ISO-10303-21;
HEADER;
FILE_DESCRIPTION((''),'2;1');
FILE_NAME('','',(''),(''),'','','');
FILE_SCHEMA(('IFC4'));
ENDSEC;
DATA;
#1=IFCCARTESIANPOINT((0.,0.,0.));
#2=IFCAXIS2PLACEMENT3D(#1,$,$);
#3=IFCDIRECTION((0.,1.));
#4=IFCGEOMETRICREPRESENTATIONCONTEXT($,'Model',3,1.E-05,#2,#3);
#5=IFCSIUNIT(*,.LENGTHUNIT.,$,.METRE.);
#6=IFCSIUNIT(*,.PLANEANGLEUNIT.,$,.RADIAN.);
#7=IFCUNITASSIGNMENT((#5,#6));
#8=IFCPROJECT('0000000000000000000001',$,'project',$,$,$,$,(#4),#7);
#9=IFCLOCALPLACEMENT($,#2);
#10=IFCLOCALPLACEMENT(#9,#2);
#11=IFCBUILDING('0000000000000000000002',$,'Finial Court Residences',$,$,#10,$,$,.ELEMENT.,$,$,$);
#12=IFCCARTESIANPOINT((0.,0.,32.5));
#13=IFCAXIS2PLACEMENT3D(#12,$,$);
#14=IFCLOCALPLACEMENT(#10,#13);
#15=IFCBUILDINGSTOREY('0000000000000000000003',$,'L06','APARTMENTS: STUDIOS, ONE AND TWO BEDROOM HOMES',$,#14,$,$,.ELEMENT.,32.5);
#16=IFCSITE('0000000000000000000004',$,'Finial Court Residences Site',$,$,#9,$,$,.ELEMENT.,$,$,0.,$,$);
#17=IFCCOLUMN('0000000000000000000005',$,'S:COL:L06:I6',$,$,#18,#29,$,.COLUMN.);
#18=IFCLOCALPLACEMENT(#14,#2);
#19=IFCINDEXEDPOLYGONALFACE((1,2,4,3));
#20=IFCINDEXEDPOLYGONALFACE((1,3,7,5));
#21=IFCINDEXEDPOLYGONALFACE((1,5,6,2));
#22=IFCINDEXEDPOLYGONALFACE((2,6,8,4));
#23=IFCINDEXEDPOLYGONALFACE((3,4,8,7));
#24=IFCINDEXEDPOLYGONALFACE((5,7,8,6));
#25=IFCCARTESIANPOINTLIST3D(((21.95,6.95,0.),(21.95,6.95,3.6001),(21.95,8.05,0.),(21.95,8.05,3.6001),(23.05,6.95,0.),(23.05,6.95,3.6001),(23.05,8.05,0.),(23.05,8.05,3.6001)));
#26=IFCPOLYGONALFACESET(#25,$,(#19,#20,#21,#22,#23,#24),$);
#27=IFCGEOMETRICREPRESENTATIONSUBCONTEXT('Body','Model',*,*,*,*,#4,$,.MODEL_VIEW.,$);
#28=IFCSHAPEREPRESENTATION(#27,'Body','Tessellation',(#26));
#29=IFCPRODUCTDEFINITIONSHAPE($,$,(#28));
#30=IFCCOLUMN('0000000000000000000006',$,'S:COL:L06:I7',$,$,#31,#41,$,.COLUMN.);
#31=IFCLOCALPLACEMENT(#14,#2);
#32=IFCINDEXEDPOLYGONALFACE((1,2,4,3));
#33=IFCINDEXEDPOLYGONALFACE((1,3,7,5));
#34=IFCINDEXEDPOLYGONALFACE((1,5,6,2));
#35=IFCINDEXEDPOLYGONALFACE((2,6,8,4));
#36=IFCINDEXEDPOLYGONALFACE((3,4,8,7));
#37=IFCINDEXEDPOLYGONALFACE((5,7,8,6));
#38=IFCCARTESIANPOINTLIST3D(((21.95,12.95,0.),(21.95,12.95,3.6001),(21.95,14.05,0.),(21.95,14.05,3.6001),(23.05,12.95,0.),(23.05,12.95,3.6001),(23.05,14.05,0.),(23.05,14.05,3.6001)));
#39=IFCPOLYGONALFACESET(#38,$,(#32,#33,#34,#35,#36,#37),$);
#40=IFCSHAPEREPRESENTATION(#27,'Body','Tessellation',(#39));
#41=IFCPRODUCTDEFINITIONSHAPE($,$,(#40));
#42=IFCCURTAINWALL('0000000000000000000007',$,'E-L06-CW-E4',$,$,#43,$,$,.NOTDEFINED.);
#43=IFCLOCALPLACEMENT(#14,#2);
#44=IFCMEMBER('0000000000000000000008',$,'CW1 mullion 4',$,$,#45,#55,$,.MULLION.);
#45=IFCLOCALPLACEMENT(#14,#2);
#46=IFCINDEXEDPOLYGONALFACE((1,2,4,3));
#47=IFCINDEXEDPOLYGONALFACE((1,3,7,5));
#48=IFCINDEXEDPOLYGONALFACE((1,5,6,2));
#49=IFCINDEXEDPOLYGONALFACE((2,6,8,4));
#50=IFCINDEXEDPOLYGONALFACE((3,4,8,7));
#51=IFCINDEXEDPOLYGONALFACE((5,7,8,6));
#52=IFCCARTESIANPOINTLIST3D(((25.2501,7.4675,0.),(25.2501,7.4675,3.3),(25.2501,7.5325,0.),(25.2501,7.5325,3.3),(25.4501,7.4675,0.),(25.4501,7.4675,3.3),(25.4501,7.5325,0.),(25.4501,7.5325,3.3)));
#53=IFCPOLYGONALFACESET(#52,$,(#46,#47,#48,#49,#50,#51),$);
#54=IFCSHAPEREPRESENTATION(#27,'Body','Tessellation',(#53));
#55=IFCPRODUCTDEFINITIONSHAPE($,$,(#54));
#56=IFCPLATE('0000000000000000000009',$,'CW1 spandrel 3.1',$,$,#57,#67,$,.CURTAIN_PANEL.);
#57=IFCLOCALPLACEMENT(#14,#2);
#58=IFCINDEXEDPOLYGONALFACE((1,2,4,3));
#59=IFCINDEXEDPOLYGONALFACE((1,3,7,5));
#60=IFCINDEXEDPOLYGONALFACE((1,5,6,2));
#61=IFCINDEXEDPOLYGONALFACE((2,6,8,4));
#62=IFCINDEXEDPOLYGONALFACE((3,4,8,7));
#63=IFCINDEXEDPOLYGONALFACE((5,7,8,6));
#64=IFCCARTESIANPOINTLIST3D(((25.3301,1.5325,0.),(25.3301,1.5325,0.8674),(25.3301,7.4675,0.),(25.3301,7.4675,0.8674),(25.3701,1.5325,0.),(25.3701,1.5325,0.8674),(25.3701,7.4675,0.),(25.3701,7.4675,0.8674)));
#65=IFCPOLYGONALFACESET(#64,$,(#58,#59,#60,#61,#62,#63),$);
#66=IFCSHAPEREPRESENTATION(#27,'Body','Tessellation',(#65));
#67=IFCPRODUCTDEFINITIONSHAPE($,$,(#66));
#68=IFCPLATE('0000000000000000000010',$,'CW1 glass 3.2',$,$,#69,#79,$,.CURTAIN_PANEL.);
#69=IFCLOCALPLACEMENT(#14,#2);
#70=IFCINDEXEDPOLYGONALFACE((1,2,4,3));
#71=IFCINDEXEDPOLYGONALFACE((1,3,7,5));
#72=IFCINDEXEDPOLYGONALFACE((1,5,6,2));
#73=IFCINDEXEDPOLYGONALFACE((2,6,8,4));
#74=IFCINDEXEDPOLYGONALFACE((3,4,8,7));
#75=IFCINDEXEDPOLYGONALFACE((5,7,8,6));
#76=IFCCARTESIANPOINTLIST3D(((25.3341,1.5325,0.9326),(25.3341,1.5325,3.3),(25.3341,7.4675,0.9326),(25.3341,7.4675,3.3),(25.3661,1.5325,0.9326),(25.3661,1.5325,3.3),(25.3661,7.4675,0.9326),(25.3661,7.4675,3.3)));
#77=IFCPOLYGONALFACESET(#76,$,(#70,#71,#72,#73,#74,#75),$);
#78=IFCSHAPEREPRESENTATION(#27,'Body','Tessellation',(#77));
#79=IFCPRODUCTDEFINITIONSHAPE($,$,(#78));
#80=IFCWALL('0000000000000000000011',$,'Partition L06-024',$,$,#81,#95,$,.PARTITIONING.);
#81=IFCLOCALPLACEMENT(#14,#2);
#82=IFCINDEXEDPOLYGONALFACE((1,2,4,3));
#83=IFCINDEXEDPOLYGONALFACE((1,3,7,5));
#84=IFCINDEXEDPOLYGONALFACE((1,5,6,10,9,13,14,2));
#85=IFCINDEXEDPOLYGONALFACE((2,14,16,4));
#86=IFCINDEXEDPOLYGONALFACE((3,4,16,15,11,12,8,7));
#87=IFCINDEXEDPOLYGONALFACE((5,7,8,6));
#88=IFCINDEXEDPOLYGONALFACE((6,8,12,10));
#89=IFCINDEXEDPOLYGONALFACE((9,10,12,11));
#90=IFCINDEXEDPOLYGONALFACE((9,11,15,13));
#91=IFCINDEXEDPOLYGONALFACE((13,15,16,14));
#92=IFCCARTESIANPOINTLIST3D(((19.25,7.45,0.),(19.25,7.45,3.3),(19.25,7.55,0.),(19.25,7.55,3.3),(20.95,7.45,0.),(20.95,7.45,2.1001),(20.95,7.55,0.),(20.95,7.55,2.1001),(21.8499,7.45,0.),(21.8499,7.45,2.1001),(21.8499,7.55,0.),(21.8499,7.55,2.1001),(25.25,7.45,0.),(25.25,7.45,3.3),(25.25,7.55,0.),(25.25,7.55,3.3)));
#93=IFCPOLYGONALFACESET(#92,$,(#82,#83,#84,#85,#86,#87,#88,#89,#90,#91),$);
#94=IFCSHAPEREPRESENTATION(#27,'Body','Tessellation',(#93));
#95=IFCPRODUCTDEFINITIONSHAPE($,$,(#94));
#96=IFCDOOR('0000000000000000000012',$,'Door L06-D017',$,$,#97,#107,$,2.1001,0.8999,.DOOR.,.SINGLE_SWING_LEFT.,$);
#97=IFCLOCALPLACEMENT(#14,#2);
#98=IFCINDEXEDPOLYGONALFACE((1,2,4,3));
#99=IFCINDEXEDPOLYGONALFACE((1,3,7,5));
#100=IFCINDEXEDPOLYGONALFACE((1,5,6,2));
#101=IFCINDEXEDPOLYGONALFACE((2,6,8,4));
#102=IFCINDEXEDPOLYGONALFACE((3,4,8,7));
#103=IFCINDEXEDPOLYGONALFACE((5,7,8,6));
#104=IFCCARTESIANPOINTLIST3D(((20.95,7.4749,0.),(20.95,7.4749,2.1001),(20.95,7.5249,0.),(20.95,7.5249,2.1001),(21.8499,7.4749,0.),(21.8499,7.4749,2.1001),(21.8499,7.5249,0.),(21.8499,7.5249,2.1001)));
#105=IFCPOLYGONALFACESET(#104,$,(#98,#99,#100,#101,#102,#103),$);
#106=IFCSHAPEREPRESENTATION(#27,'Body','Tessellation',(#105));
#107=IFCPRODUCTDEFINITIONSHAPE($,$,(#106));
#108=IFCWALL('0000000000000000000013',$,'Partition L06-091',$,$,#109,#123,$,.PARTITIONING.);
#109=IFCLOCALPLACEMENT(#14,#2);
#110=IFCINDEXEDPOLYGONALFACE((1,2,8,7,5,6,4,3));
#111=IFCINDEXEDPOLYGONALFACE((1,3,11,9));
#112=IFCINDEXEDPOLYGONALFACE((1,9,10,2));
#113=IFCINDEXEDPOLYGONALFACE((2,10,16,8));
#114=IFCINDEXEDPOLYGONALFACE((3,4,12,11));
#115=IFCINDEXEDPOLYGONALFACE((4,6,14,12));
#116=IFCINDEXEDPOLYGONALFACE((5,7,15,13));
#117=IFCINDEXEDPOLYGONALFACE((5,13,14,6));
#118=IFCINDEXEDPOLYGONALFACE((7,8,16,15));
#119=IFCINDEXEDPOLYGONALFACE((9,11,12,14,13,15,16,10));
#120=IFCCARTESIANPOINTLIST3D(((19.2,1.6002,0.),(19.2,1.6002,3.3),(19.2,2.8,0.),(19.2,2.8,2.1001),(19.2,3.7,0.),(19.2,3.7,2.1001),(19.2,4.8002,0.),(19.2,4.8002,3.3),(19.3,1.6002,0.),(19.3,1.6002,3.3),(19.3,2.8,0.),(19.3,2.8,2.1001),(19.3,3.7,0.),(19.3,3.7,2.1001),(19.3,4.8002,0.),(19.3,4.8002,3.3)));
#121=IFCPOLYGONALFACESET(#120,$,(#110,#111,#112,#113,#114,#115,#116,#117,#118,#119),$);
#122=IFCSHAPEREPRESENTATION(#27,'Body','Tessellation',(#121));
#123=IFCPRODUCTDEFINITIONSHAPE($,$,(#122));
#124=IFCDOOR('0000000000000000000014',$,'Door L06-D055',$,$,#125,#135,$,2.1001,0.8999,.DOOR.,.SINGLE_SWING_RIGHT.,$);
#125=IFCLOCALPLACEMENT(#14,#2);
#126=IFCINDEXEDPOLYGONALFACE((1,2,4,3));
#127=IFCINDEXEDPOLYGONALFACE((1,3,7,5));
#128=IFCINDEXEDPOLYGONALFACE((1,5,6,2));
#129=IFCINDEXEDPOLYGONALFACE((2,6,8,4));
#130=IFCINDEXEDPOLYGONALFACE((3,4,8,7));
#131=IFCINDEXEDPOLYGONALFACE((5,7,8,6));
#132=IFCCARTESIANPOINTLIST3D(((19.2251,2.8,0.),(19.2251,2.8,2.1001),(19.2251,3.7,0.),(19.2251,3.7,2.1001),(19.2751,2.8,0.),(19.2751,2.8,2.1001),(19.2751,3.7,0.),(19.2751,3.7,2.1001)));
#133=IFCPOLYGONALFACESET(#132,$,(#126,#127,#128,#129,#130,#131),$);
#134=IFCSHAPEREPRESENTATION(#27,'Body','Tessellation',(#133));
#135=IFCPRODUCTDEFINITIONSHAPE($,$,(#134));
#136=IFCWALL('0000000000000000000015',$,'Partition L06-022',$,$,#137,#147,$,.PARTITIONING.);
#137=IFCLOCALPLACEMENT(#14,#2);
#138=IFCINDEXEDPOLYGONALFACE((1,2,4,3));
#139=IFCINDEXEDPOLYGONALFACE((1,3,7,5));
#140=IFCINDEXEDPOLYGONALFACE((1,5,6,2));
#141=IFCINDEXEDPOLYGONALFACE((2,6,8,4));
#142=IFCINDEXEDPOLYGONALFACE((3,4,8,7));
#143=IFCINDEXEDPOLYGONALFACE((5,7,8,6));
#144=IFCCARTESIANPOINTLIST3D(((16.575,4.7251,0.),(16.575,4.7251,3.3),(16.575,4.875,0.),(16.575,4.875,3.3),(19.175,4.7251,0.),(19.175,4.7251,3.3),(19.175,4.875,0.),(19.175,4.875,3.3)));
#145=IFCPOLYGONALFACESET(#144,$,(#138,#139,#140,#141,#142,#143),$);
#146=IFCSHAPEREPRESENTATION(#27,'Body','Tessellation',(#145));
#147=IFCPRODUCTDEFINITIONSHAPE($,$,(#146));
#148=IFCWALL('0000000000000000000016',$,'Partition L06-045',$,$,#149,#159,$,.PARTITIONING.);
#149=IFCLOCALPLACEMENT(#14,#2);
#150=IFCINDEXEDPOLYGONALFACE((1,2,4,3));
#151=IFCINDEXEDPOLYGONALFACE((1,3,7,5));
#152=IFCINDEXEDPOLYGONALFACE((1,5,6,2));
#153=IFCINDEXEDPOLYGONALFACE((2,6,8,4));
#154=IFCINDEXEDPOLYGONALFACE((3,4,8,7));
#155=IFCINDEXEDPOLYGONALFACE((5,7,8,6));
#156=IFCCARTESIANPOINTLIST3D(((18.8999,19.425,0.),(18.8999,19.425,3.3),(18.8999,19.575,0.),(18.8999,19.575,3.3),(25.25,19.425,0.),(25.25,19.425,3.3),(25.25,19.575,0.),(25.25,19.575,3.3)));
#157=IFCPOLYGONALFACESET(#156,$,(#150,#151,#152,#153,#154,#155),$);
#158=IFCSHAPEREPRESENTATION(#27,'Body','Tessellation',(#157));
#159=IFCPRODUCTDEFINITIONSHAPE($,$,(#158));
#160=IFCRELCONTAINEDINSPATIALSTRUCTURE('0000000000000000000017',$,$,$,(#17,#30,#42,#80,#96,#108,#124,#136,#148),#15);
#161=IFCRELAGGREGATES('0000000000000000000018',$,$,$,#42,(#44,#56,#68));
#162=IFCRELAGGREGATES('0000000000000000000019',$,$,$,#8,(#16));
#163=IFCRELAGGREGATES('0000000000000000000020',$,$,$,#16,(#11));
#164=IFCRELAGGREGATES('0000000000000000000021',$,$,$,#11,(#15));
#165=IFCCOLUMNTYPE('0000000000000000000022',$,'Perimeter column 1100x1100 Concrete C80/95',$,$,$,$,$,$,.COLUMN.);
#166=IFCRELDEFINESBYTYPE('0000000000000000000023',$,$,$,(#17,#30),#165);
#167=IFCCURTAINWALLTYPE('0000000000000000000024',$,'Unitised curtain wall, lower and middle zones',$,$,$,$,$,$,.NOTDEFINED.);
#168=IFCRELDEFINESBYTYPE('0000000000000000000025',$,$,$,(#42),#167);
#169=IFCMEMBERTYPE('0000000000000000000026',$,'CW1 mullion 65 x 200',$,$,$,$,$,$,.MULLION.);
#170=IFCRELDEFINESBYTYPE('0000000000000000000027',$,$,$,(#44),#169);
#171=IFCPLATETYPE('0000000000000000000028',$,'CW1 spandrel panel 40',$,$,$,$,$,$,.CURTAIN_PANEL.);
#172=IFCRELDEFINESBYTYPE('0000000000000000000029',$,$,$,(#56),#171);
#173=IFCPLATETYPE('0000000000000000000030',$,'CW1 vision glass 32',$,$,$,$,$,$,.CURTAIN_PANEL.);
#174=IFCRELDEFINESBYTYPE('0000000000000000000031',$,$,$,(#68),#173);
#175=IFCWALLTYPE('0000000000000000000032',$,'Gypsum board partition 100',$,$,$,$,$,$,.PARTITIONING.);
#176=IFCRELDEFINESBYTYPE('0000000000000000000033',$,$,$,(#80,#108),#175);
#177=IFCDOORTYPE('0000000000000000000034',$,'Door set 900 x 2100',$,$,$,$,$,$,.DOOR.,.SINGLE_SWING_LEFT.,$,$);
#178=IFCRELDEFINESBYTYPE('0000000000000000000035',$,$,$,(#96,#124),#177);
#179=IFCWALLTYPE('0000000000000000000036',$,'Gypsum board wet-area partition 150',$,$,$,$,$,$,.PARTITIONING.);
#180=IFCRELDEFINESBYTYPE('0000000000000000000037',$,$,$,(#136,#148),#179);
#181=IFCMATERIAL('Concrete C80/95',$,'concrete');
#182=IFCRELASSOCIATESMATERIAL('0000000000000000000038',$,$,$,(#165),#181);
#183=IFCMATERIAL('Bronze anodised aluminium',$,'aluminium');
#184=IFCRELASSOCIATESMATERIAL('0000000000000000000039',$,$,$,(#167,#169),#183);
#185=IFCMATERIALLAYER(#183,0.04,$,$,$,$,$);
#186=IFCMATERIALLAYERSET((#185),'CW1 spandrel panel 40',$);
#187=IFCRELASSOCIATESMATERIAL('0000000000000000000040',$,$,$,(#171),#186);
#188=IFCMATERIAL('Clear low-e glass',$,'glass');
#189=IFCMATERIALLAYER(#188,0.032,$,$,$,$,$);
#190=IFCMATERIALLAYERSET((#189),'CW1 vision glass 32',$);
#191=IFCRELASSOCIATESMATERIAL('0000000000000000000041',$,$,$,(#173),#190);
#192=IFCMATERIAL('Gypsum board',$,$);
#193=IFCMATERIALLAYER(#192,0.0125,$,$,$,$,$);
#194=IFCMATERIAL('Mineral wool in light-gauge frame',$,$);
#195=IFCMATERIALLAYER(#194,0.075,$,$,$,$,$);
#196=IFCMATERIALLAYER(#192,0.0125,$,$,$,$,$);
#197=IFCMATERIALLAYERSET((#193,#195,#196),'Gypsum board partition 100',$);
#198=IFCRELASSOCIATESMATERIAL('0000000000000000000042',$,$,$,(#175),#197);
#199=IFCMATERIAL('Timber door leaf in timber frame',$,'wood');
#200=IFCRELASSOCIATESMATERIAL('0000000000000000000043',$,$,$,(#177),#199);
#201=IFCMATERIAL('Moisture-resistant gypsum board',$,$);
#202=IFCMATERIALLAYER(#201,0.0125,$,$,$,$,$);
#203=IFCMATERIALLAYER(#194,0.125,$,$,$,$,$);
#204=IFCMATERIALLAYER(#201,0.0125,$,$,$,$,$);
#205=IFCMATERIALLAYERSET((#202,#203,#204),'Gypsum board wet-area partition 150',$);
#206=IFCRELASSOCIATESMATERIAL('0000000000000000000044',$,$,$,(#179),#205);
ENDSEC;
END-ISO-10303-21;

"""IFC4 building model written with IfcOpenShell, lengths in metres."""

from ifc_helpers import new_model, si_unit, direction, frame, frame_2d, origin, origin_2d, place, context, subcontext, project, spatial, rectangle, extrude, material, layer, layer_set, material_profile, profile_set, type_object, element, fill, aggregate, save


model = new_model("IFC4")

# Units and contexts
model_context = context("Model", 3, precision=1e-05, world=origin(), true_north=direction((0.0, 1.0)))
body_context = subcontext(model_context, "Body", "Model", "MODEL_VIEW")
ifc_project = project(units=[si_unit("LENGTHUNIT", "METRE"), si_unit("PLANEANGLEUNIT", "RADIAN")], contexts=[model_context])

# Site, building, storey
site_placement = place(None, origin())
site = spatial("IfcSite", under=ifc_project, at=site_placement, Name="Finial Court Residences Site", CompositionType="ELEMENT", RefElevation=0.0)
building_placement = place(site_placement, origin())
building = spatial("IfcBuilding", under=site, at=building_placement, Name="Finial Court Residences", CompositionType="ELEMENT")
storey_placement = place(building_placement, frame((0.0, 0.0, 32.5)))
storey = spatial("IfcBuildingStorey", under=building, at=storey_placement, Name="L06", Description="APARTMENTS: STUDIOS, ONE AND TWO BEDROOM HOMES", CompositionType="ELEMENT", Elevation=32.5)

# Columns
ifc_material_1 = material(Name="Concrete C80/95", Category="concrete")
ifc_material_profile_1 = material_profile(ifc_material_1, rectangle(XDim=1.1001, YDim=1.1001, at=origin_2d()), Name="1100x1100")
ifc_profile_set_1 = profile_set([ifc_material_profile_1], Name="Concrete C80/95")
column_type = type_object("IfcColumnType", Name="Perimeter column 1100x1100 Concrete C80/95", PredefinedType="COLUMN", material=ifc_profile_set_1)
for number, where, z_axis, x_axis, name in (
    (1, (22.5, 7.5, 0.0), (0.0, 0.0, 1.0), (1.0, 0.0, 0.0), "S:COL:L06:I6"),
    (2, (22.5, 13.5, 0.0), (0.0, 0.0, 1.0), (1.0, 0.0, 0.0), "S:COL:L06:I7"),
):
    element("IfcColumn", number, at=place(storey_placement, frame(where, z_axis=z_axis, x_axis=x_axis)), inside=storey, type_object=column_type, Name=name, PredefinedType="COLUMN", context=body_context, shape_type="SweptSolid", body=[
        extrude(rectangle(XDim=1.1001, YDim=1.1001, at=origin_2d()), origin(), (0.0, 0.0, 1.0), 3.6001),
    ])

# Curtain wall, member, plates
ifc_material_2 = material(Name="Bronze anodised aluminium", Category="aluminium")
curtain_wall_type = type_object("IfcCurtainWallType", Name="Unitised curtain wall, lower and middle zones", PredefinedType="NOTDEFINED", material=ifc_material_2)
curtain_wall_placement = place(storey_placement, origin())
curtain_wall = element("IfcCurtainWall", 3, at=curtain_wall_placement, inside=storey, type_object=curtain_wall_type, Name="E-L06-CW-E4", PredefinedType="NOTDEFINED")
ifc_material_profile_2 = material_profile(ifc_material_2, rectangle(XDim=0.2, YDim=0.0649, at=origin_2d()), Name="CW1 mullion 65 x 200")
ifc_profile_set_2 = profile_set([ifc_material_profile_2], Name="Bronze anodised aluminium")
member_type = type_object("IfcMemberType", Name="CW1 mullion 65 x 200", PredefinedType="MULLION", material=ifc_profile_set_2)
member_placement = place(storey_placement, frame((25.3501, 7.5, 0.0), z_axis=(0.0, 0.0, 1.0), x_axis=(-1.0, 0.0, 0.0)))
member = element("IfcMember", 4, at=member_placement, type_object=member_type, Name="CW1 mullion 4", PredefinedType="MULLION", context=body_context, shape_type="SweptSolid", body=[
    extrude(rectangle(XDim=0.2, YDim=0.0649, at=origin_2d()), origin(), (0.0, 0.0, 1.0), 3.3),
])
ifc_layer_1 = layer(ifc_material_2, 0.04)
ifc_layer_set_1 = layer_set([ifc_layer_1], Name="CW1 spandrel panel 40")
plate_type_1 = type_object("IfcPlateType", Name="CW1 spandrel panel 40", PredefinedType="CURTAIN_PANEL", material=ifc_layer_set_1)
plate_1_placement = place(storey_placement, frame((25.3501, 4.5, 0.0), z_axis=(0.0, 0.0, 1.0), x_axis=(0.0, 1.0, 0.0)))
plate_1 = element("IfcPlate", 5, at=plate_1_placement, type_object=plate_type_1, Name="CW1 spandrel 3.1", PredefinedType="CURTAIN_PANEL", context=body_context, shape_type="SweptSolid", body=[
    extrude(rectangle(XDim=5.9351, YDim=0.04, at=origin_2d()), origin(), (0.0, 0.0, 1.0), 0.8674),
])
ifc_material_3 = material(Name="Clear low-e glass", Category="glass")
ifc_layer_2 = layer(ifc_material_3, 0.032)
ifc_layer_set_2 = layer_set([ifc_layer_2], Name="CW1 vision glass 32")
plate_type_2 = type_object("IfcPlateType", Name="CW1 vision glass 32", PredefinedType="CURTAIN_PANEL", material=ifc_layer_set_2)
plate_2_placement = place(storey_placement, frame((25.3501, 4.5, 0.9326), z_axis=(0.0, 0.0, 1.0), x_axis=(0.0, 1.0, 0.0)))
plate_2 = element("IfcPlate", 6, at=plate_2_placement, type_object=plate_type_2, Name="CW1 glass 3.2", PredefinedType="CURTAIN_PANEL", context=body_context, shape_type="SweptSolid", body=[
    extrude(rectangle(XDim=5.9351, YDim=0.032, at=origin_2d()), origin(), (0.0, 0.0, 1.0), 2.3674),
])
aggregate(curtain_wall, [member, plate_1, plate_2])

# Walls, openings, doors
ifc_material_4 = material(Name="Gypsum board")
ifc_layer_3 = layer(ifc_material_4, 0.0125)
ifc_material_5 = material(Name="Mineral wool in light-gauge frame")
ifc_layer_4 = layer(ifc_material_5, 0.075)
ifc_layer_5 = layer(ifc_material_4, 0.0125)
ifc_layer_set_3 = layer_set([ifc_layer_3, ifc_layer_4, ifc_layer_5], Name="Gypsum board partition 100")
wall_type_1 = type_object("IfcWallType", Name="Gypsum board partition 100", PredefinedType="PARTITIONING", material=ifc_layer_set_3)
wall_1_placement = place(storey_placement, frame((19.25, 7.5, 0.0), z_axis=(0.0, 0.0, 1.0), x_axis=(1.0, 0.0, 0.0)))
wall_1 = element("IfcWall", 7, at=wall_1_placement, inside=storey, type_object=wall_type_1, Name="Partition L06-024", PredefinedType="PARTITIONING", context=body_context, shape_type="SweptSolid", body=[
    extrude(rectangle(XDim=6.0, YDim=0.1001, at=frame_2d((3.0, 0.0))), origin(), (0.0, 0.0, 1.0), 3.3),
])
opening_1_placement = place(wall_1_placement, frame((1.7, 0.0, 0.0)))
opening_1 = element("IfcOpeningElement", 8, at=opening_1_placement, cuts=wall_1, PredefinedType="OPENING", context=body_context, shape_type="SweptSolid", body=[
    extrude(rectangle(XDim=0.8999, YDim=2.1001, at=frame_2d((0.45, 1.05))), frame((0.0, 0.0601, 0.0), z_axis=(0.0, -1.0, 0.0), x_axis=(1.0, 0.0, 0.0)), (0.0, 0.0, 1.0), 0.1201),
])
ifc_material_6 = material(Name="Timber door leaf in timber frame", Category="wood")
door_type = type_object("IfcDoorType", Name="Door set 900 x 2100", OperationType="SINGLE_SWING_LEFT", PredefinedType="DOOR", material=ifc_material_6)
door_1_placement = place(opening_1_placement, origin())
door_1 = element("IfcDoor", 9, at=door_1_placement, inside=storey, type_object=door_type, Name="Door L06-D017", OperationType="SINGLE_SWING_LEFT", OverallHeight=2.1001, OverallWidth=0.8999, PredefinedType="DOOR", context=body_context, shape_type="SweptSolid", body=[
    extrude(rectangle(XDim=0.8999, YDim=2.1001, at=frame_2d((0.45, 1.05))), frame((0.0, 0.0249, 0.0), z_axis=(0.0, -1.0, 0.0), x_axis=(1.0, 0.0, 0.0)), (0.0, 0.0, 1.0), 0.05),
])
fill(opening_1, door_1)
wall_2_placement = place(storey_placement, frame((19.25, 1.6001, 0.0), z_axis=(0.0, 0.0, 1.0), x_axis=(0.0, 1.0, 0.0)))
wall_2 = element("IfcWall", 10, at=wall_2_placement, inside=storey, type_object=wall_type_1, Name="Partition L06-091", PredefinedType="PARTITIONING", context=body_context, shape_type="SweptSolid", body=[
    extrude(rectangle(XDim=3.2, YDim=0.1001, at=frame_2d((1.6001, 0.0))), origin(), (0.0, 0.0, 1.0), 3.3),
])
opening_2_placement = place(wall_2_placement, frame((1.2, 0.0, 0.0)))
opening_2 = element("IfcOpeningElement", 11, at=opening_2_placement, cuts=wall_2, PredefinedType="OPENING", context=body_context, shape_type="SweptSolid", body=[
    extrude(rectangle(XDim=0.8999, YDim=2.1001, at=frame_2d((0.45, 1.05))), frame((0.0, 0.0601, 0.0), z_axis=(0.0, -1.0, 0.0), x_axis=(1.0, 0.0, 0.0)), (0.0, 0.0, 1.0), 0.1201),
])
door_2_placement = place(opening_2_placement, origin())
door_2 = element("IfcDoor", 12, at=door_2_placement, inside=storey, type_object=door_type, Name="Door L06-D055", OperationType="SINGLE_SWING_RIGHT", OverallHeight=2.1001, OverallWidth=0.8999, PredefinedType="DOOR", context=body_context, shape_type="SweptSolid", body=[
    extrude(rectangle(XDim=0.8999, YDim=2.1001, at=frame_2d((0.45, 1.05))), frame((0.0, 0.0249, 0.0), z_axis=(0.0, -1.0, 0.0), x_axis=(1.0, 0.0, 0.0)), (0.0, 0.0, 1.0), 0.05),
])
fill(opening_2, door_2)

# Walls
ifc_material_7 = material(Name="Moisture-resistant gypsum board")
ifc_layer_6 = layer(ifc_material_7, 0.0125)
ifc_layer_7 = layer(ifc_material_5, 0.125)
ifc_layer_8 = layer(ifc_material_7, 0.0125)
ifc_layer_set_4 = layer_set([ifc_layer_6, ifc_layer_7, ifc_layer_8], Name="Gypsum board wet-area partition 150")
wall_type_2 = type_object("IfcWallType", Name="Gypsum board wet-area partition 150", PredefinedType="PARTITIONING", material=ifc_layer_set_4)
wall_3_placement = place(storey_placement, frame((16.575, 4.8, 0.0), z_axis=(0.0, 0.0, 1.0), x_axis=(1.0, 0.0, 0.0)))
element("IfcWall", 13, at=wall_3_placement, inside=storey, type_object=wall_type_2, Name="Partition L06-022", PredefinedType="PARTITIONING", context=body_context, shape_type="SweptSolid", body=[
    extrude(rectangle(XDim=2.6001, YDim=0.1499, at=frame_2d((1.3, 0.0))), origin(), (0.0, 0.0, 1.0), 3.3),
])
wall_4_placement = place(storey_placement, frame((18.8999, 19.5, 0.0), z_axis=(0.0, 0.0, 1.0), x_axis=(1.0, 0.0, 0.0)))
element("IfcWall", 14, at=wall_4_placement, inside=storey, type_object=wall_type_2, Name="Partition L06-045", PredefinedType="PARTITIONING", context=body_context, shape_type="SweptSolid", body=[
    extrude(rectangle(XDim=6.3501, YDim=0.1499, at=frame_2d((3.175, 0.0))), origin(), (0.0, 0.0, 1.0), 3.3),
])

save(model, "model.ifc")
